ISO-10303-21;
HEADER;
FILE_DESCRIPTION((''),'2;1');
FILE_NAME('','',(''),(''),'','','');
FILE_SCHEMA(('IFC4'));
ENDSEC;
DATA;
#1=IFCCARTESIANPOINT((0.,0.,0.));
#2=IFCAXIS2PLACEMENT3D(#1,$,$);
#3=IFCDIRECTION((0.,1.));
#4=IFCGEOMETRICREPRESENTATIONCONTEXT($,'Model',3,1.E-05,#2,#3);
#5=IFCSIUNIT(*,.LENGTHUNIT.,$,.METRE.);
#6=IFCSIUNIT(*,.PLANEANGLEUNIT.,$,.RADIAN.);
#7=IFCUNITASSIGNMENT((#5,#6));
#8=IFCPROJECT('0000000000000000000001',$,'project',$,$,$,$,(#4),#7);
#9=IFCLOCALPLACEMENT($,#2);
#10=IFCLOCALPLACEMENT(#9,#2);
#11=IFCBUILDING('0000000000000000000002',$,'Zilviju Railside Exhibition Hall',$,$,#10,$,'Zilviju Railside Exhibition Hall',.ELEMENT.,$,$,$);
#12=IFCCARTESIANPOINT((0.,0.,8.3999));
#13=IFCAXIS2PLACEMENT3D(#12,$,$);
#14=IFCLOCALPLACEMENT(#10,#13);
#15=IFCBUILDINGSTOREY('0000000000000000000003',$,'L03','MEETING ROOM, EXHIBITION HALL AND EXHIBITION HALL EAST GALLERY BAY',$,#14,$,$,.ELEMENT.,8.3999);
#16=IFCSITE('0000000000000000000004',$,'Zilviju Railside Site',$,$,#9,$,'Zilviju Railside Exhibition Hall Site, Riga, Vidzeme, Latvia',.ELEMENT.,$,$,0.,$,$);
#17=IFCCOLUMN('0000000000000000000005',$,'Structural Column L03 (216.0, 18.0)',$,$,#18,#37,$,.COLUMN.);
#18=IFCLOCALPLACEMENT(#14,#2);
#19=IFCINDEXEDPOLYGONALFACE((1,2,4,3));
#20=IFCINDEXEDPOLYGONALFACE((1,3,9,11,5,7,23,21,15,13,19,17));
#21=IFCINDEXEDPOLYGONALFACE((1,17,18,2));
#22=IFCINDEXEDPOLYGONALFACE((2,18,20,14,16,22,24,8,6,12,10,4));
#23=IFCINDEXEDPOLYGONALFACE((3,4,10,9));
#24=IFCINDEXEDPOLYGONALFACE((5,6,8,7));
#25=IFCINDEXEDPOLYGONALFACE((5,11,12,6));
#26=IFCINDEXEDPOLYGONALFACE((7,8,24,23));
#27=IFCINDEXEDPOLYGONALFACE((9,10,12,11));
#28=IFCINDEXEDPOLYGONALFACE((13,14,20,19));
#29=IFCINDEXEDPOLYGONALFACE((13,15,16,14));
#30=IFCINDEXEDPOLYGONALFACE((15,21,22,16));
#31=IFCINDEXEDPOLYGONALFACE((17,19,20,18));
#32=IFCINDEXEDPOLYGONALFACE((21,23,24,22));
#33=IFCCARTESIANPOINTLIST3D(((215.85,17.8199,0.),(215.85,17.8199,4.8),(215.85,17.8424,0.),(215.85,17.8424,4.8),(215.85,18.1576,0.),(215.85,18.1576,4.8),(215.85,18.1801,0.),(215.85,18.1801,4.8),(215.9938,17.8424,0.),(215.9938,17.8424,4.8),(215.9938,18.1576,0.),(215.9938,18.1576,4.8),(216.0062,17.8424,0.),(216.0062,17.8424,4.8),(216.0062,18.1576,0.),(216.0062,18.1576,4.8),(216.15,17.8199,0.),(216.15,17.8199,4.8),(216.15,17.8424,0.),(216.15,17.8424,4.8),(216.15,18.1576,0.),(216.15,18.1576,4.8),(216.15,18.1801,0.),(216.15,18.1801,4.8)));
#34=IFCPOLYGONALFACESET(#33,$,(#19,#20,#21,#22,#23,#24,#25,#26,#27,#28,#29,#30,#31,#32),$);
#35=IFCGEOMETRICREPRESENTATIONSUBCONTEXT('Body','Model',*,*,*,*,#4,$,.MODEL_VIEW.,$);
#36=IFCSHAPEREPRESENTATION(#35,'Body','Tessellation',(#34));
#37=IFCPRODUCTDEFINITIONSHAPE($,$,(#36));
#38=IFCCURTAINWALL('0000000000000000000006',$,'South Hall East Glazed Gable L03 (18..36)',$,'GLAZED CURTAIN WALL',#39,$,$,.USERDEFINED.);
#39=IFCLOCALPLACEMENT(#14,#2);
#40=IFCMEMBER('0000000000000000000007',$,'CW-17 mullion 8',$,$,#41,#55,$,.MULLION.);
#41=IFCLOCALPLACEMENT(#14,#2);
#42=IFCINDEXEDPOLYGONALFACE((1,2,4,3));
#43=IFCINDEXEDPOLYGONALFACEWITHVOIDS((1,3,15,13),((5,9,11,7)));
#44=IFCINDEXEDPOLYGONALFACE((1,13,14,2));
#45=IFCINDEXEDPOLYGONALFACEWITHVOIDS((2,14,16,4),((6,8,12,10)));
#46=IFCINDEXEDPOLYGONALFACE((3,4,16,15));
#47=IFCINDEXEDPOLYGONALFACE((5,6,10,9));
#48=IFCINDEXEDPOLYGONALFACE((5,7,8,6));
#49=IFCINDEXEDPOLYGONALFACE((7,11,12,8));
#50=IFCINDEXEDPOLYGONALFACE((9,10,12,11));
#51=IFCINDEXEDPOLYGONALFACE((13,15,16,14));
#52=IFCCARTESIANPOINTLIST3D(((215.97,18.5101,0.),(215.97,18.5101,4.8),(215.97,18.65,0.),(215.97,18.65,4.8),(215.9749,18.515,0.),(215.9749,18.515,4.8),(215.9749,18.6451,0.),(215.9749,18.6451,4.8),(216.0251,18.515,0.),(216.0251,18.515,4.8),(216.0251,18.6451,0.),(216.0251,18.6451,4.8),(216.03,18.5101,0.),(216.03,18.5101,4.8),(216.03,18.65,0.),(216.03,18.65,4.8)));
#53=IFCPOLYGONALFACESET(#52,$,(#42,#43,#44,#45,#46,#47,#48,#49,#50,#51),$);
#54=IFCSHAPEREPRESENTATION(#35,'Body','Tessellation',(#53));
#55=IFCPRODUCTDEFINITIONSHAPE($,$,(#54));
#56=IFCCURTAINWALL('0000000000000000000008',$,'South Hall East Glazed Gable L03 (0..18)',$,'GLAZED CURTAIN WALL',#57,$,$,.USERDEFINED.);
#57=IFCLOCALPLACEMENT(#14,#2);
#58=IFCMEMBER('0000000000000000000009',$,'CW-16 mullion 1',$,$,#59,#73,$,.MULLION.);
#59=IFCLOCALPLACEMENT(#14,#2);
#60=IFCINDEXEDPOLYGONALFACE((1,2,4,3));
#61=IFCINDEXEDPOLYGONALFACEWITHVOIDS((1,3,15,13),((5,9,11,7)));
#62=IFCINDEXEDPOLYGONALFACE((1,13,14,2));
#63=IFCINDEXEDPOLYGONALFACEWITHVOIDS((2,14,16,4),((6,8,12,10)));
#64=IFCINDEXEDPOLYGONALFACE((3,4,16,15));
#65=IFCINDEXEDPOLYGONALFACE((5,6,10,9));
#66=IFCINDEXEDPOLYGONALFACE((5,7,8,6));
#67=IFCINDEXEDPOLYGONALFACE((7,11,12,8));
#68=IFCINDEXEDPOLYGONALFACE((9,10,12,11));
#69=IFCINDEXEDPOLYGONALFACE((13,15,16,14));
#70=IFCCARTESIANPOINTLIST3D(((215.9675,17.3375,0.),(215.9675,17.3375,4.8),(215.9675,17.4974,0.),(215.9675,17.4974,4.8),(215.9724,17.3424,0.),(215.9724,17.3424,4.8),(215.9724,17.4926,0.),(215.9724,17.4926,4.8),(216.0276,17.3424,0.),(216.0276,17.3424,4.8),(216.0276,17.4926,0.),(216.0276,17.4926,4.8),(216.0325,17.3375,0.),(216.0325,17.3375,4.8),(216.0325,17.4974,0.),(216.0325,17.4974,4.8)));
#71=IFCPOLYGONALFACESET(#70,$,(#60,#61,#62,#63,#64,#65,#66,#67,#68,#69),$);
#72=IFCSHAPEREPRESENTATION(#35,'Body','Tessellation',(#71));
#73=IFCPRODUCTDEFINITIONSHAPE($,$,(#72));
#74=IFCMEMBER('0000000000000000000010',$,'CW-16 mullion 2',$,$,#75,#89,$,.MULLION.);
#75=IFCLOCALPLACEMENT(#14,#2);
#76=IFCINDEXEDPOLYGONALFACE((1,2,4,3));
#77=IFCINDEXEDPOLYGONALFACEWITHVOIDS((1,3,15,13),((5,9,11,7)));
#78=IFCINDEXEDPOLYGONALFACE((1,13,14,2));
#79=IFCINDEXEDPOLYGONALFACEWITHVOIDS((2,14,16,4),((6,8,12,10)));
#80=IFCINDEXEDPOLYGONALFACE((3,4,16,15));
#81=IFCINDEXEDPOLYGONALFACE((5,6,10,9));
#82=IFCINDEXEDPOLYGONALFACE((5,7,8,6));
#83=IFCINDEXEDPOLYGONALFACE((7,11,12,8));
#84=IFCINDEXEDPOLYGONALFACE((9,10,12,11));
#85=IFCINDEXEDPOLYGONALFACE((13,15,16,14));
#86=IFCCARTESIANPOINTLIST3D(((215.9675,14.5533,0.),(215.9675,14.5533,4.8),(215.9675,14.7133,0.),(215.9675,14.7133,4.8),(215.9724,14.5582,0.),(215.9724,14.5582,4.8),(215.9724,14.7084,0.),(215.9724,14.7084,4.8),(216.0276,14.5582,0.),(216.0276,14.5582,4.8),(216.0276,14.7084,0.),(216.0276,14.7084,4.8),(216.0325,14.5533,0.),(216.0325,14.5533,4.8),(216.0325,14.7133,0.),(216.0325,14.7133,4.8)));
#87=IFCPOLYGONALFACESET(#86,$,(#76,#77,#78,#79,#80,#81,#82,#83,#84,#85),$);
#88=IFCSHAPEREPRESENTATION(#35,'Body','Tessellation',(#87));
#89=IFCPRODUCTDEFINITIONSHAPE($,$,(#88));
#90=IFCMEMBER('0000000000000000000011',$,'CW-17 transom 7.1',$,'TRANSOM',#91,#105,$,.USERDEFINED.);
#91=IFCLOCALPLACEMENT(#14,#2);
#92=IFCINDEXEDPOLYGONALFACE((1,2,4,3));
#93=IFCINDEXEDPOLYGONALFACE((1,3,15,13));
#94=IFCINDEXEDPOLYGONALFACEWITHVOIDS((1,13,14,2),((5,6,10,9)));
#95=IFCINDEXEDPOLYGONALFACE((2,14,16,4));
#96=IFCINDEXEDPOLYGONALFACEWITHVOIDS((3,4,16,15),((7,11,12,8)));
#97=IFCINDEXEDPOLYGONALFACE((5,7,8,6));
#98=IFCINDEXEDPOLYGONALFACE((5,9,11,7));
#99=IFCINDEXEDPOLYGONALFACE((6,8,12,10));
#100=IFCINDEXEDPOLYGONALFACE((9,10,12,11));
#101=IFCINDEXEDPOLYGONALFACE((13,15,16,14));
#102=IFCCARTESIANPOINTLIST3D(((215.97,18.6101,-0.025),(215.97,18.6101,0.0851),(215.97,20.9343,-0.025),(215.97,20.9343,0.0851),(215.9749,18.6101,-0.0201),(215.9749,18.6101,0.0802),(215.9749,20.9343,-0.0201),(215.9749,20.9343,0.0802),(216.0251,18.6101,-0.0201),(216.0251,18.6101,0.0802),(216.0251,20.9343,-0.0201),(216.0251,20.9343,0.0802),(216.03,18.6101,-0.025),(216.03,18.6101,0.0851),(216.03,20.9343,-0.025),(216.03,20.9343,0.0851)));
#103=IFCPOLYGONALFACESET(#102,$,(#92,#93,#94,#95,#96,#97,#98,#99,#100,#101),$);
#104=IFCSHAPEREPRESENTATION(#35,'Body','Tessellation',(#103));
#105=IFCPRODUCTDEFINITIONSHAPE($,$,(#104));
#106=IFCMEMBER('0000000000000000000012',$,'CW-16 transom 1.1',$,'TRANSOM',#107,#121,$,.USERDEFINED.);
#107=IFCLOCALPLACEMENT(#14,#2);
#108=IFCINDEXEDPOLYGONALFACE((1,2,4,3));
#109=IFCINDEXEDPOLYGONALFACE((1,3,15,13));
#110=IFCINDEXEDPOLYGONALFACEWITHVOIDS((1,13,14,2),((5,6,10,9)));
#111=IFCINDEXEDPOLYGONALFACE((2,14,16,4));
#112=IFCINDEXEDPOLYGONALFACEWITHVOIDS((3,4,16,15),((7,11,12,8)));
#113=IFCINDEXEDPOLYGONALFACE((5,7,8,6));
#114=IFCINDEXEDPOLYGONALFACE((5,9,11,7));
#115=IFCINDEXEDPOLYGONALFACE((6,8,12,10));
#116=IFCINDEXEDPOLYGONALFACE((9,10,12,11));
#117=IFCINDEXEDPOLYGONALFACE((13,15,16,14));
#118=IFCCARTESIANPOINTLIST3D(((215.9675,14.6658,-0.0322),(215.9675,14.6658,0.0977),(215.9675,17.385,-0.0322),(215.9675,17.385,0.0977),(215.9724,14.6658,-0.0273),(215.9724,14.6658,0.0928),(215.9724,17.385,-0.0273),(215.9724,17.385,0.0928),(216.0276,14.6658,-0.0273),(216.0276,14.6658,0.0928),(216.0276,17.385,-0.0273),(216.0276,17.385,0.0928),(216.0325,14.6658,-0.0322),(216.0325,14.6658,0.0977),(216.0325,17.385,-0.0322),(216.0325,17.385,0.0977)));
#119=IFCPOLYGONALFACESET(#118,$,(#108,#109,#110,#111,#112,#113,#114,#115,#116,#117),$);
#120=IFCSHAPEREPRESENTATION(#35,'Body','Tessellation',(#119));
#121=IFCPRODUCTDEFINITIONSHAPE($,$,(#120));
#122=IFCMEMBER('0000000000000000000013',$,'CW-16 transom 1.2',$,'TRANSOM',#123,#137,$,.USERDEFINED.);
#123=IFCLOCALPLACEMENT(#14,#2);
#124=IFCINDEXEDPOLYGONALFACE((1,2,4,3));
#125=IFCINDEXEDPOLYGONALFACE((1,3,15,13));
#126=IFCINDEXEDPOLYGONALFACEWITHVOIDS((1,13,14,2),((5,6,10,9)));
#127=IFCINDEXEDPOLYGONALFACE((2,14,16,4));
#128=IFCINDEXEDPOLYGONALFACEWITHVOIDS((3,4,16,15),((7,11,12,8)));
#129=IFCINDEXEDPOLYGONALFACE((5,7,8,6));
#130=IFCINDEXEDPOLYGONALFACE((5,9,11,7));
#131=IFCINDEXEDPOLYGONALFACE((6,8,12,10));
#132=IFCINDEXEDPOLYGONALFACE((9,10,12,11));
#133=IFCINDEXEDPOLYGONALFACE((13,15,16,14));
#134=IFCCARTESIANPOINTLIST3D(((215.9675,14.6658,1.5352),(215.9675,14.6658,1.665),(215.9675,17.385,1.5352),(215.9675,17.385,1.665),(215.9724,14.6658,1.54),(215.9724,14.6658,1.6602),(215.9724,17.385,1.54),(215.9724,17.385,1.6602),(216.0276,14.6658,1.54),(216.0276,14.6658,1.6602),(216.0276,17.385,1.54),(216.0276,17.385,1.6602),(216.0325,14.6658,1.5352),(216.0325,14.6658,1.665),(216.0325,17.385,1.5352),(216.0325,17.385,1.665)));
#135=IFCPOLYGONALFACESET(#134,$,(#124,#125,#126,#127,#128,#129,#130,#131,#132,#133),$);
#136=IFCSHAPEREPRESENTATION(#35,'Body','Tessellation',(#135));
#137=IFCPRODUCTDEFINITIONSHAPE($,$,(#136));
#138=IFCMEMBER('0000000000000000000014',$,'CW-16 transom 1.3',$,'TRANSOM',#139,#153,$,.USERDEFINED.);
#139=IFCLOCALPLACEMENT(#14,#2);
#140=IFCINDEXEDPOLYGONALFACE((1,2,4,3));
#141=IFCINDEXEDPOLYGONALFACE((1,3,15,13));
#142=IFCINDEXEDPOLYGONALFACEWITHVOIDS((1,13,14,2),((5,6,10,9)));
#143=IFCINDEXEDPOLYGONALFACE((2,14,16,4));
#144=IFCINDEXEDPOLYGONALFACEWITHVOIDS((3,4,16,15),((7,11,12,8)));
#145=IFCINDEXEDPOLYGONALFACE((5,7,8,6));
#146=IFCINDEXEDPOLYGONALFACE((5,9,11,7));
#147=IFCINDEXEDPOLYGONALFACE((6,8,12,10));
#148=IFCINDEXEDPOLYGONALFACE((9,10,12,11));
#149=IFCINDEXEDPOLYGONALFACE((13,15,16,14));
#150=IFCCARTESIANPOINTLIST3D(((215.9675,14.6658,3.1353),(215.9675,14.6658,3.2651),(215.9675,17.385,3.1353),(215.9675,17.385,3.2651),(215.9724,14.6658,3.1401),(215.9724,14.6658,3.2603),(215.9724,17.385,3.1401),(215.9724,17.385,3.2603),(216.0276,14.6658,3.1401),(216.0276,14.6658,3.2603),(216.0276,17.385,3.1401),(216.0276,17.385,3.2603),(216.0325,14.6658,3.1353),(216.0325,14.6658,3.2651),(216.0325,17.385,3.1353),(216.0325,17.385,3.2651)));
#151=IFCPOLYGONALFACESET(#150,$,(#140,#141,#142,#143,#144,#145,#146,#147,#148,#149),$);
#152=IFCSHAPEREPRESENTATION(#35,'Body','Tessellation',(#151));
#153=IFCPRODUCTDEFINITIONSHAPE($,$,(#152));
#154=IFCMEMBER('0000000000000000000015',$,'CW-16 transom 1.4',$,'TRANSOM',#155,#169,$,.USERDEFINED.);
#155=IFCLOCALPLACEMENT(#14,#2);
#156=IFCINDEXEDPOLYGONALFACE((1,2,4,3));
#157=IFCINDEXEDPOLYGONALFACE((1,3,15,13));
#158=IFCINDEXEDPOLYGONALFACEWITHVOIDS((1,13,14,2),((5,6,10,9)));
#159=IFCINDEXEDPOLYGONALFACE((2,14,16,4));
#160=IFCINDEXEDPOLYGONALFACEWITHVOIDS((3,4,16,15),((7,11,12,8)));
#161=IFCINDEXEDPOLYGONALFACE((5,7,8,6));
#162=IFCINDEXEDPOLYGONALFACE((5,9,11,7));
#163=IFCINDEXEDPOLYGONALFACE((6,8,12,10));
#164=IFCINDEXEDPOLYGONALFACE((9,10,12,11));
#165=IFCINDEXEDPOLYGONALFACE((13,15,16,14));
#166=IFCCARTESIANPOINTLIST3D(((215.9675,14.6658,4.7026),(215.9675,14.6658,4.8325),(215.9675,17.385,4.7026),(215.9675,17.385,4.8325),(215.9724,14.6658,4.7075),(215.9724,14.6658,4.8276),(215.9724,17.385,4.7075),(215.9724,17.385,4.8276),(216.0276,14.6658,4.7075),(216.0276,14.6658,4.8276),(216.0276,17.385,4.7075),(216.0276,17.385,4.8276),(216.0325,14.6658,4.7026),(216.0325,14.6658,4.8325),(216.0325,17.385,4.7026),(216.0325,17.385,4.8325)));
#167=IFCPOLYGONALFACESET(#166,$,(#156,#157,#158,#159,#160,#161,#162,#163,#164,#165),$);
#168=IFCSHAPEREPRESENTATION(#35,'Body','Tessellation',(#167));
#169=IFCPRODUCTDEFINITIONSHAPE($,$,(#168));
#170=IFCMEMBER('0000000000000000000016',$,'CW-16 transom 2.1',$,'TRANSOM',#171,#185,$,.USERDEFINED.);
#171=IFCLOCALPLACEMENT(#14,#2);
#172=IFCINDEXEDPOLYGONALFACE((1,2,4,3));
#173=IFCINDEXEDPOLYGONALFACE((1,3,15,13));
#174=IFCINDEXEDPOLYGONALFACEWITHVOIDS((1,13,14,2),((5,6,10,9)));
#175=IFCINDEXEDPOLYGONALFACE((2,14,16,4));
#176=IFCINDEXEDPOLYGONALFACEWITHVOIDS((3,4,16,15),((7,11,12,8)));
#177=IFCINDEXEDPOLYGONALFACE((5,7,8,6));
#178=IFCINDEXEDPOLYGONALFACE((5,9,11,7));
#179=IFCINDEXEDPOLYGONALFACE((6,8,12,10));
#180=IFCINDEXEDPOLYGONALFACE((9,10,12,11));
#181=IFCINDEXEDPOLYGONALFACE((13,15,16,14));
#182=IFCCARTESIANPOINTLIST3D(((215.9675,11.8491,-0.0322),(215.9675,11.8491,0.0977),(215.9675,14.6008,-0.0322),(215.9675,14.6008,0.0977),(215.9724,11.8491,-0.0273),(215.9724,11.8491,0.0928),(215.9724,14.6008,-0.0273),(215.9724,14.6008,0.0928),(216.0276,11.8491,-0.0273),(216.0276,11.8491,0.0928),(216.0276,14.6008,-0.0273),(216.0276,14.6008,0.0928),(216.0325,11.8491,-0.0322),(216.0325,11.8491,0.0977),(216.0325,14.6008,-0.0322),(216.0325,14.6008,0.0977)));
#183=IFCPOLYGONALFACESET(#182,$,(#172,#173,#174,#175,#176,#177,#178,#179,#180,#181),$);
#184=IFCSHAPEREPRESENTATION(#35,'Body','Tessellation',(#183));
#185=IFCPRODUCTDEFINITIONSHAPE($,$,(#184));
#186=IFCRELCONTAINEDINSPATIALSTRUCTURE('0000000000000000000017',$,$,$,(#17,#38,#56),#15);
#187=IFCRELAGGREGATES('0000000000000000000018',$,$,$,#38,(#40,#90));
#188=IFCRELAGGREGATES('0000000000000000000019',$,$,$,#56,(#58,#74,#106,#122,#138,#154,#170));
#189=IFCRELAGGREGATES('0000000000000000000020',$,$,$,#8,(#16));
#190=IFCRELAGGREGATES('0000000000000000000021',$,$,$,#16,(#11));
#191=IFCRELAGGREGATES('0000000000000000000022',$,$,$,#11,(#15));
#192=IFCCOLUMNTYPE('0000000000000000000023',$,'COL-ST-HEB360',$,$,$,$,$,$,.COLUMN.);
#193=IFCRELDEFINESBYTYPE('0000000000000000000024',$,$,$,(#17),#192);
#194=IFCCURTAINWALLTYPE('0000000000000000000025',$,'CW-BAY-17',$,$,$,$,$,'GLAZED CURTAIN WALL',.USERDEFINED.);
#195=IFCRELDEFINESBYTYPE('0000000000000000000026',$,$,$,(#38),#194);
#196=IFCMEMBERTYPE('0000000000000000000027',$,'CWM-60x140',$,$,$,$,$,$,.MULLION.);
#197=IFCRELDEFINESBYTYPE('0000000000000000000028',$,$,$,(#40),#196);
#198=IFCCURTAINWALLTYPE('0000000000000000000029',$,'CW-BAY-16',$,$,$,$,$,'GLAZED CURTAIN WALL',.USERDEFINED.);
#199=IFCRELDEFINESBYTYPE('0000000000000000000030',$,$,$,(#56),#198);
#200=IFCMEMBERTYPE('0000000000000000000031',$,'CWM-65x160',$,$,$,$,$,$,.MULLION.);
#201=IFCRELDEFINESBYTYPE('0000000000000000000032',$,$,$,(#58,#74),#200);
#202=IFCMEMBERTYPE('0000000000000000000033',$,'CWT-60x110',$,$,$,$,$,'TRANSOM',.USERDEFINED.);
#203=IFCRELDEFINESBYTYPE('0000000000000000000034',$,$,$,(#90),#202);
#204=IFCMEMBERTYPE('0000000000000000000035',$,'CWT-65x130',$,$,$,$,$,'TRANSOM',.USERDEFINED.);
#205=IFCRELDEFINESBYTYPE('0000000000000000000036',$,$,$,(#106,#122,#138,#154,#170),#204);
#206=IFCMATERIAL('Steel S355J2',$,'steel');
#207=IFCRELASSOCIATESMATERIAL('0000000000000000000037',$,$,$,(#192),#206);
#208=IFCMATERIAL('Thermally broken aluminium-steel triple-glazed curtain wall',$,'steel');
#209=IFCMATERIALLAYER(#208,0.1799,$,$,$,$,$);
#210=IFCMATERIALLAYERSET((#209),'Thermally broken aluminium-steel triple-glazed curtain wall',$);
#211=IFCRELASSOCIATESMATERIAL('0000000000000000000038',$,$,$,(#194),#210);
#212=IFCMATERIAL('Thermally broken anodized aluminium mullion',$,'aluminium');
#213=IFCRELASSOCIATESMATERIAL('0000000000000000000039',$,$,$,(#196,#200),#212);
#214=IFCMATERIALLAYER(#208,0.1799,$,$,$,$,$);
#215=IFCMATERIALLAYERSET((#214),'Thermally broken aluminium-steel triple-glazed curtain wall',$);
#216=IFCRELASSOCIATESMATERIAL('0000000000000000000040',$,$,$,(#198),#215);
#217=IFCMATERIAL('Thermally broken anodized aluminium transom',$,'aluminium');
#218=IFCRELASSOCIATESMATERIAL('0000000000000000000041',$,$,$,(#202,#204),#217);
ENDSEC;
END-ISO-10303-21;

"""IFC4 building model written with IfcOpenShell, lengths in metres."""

from ifc_helpers import new_model, si_unit, direction, frame, origin, origin_2d, place, context, subcontext, project, spatial, hollow_rectangle, i_section, extrude, material, layer, layer_set, material_profile, profile_set, type_object, element, aggregate, save


model = new_model("IFC4")

# Units and contexts
model_context = context("Model", 3, precision=1e-05, world=origin(), true_north=direction((0.0, 1.0)))
body_context = subcontext(model_context, "Body", "Model", "MODEL_VIEW")
ifc_project = project(units=[si_unit("LENGTHUNIT", "METRE"), si_unit("PLANEANGLEUNIT", "RADIAN")], contexts=[model_context])

# Site, building, storey
site_placement = place(None, origin())
site = spatial("IfcSite", under=ifc_project, at=site_placement, Name="Zilviju Railside Site", LongName="Zilviju Railside Exhibition Hall Site, Riga, Vidzeme, Latvia", CompositionType="ELEMENT", RefElevation=0.0)
building_placement = place(site_placement, origin())
building = spatial("IfcBuilding", under=site, at=building_placement, Name="Zilviju Railside Exhibition Hall", LongName="Zilviju Railside Exhibition Hall", CompositionType="ELEMENT")
storey_placement = place(building_placement, frame((0.0, 0.0, 8.3999)))
storey = spatial("IfcBuildingStorey", under=building, at=storey_placement, Name="L03", Description="MEETING ROOM, EXHIBITION HALL AND EXHIBITION HALL EAST GALLERY BAY", CompositionType="ELEMENT", Elevation=8.3999)

# Column
ifc_material_1 = material(Name="Steel S355J2", Category="steel")
ifc_material_profile_1 = material_profile(ifc_material_1, i_section(OverallWidth=0.3, OverallDepth=0.3601, WebThickness=0.0125, FlangeThickness=0.0225, at=origin_2d()), Name="HEB 360")
ifc_profile_set_1 = profile_set([ifc_material_profile_1], Name="Steel S355J2")
column_type = type_object("IfcColumnType", Name="COL-ST-HEB360", PredefinedType="COLUMN", material=ifc_profile_set_1)
column_placement = place(storey_placement, frame((216.0, 18.0, 0.0), z_axis=(0.0, 0.0, 1.0), x_axis=(1.0, 0.0, 0.0)))
element("IfcColumn", 1, at=column_placement, inside=storey, type_object=column_type, Name="Structural Column L03 (216.0, 18.0)", PredefinedType="COLUMN", context=body_context, shape_type="SweptSolid", body=[
    extrude(i_section(OverallWidth=0.3, OverallDepth=0.3601, WebThickness=0.0125, FlangeThickness=0.0225, at=origin_2d()), origin(), (0.0, 0.0, 1.0), 4.8),
])

# Curtain wall, member
ifc_material_2 = material(Name="Thermally broken aluminium-steel triple-glazed curtain wall", Category="steel")
ifc_layer_1 = layer(ifc_material_2, 0.1799)
ifc_layer_set_1 = layer_set([ifc_layer_1], Name="Thermally broken aluminium-steel triple-glazed curtain wall")
curtain_wall_type_1 = type_object("IfcCurtainWallType", Name="CW-BAY-17", ElementType="GLAZED CURTAIN WALL", PredefinedType="USERDEFINED", material=ifc_layer_set_1)
curtain_wall_1_placement = place(storey_placement, origin())
curtain_wall_1 = element("IfcCurtainWall", 2, at=curtain_wall_1_placement, inside=storey, type_object=curtain_wall_type_1, Name="South Hall East Glazed Gable L03 (18..36)", ObjectType="GLAZED CURTAIN WALL", PredefinedType="USERDEFINED")
ifc_material_3 = material(Name="Thermally broken anodized aluminium mullion", Category="aluminium")
ifc_material_profile_2 = material_profile(ifc_material_3, hollow_rectangle(XDim=0.0601, YDim=0.1399, WallThickness=0.0049, at=origin_2d()), Name="MULLION 140x60x5")
ifc_profile_set_2 = profile_set([ifc_material_profile_2], Name="Thermally broken anodized aluminium mullion")
member_type_1 = type_object("IfcMemberType", Name="CWM-60x140", PredefinedType="MULLION", material=ifc_profile_set_2)
member_1_placement = place(storey_placement, frame((216.0, 18.5801, 0.0), z_axis=(0.0, 0.0, 1.0), x_axis=(1.0, 0.0, 0.0)))
member_1 = element("IfcMember", 3, at=member_1_placement, type_object=member_type_1, Name="CW-17 mullion 8", PredefinedType="MULLION", context=body_context, shape_type="SweptSolid", body=[
    extrude(hollow_rectangle(XDim=0.0601, YDim=0.1399, WallThickness=0.0049, at=origin_2d()), origin(), (0.0, 0.0, 1.0), 4.8),
])

# Curtain wall, members
ifc_layer_2 = layer(ifc_material_2, 0.1799)
ifc_layer_set_2 = layer_set([ifc_layer_2], Name="Thermally broken aluminium-steel triple-glazed curtain wall")
curtain_wall_type_2 = type_object("IfcCurtainWallType", Name="CW-BAY-16", ElementType="GLAZED CURTAIN WALL", PredefinedType="USERDEFINED", material=ifc_layer_set_2)
curtain_wall_2_placement = place(storey_placement, origin())
curtain_wall_2 = element("IfcCurtainWall", 4, at=curtain_wall_2_placement, inside=storey, type_object=curtain_wall_type_2, Name="South Hall East Glazed Gable L03 (0..18)", ObjectType="GLAZED CURTAIN WALL", PredefinedType="USERDEFINED")
ifc_material_profile_3 = material_profile(ifc_material_3, hollow_rectangle(XDim=0.0649, YDim=0.1599, WallThickness=0.0049, at=origin_2d()), Name="MULLION 160x65x5")
ifc_profile_set_3 = profile_set([ifc_material_profile_3], Name="Thermally broken anodized aluminium mullion")
member_type_2 = type_object("IfcMemberType", Name="CWM-65x160", PredefinedType="MULLION", material=ifc_profile_set_3)
member_2_placement = place(storey_placement, frame((216.0, 17.4175, 0.0), z_axis=(0.0, 0.0, 1.0), x_axis=(1.0, 0.0, 0.0)))
member_2 = element("IfcMember", 5, at=member_2_placement, type_object=member_type_2, Name="CW-16 mullion 1", PredefinedType="MULLION", context=body_context, shape_type="SweptSolid", body=[
    extrude(hollow_rectangle(XDim=0.0649, YDim=0.1599, WallThickness=0.0049, at=origin_2d()), origin(), (0.0, 0.0, 1.0), 4.8),
])
member_3_placement = place(storey_placement, frame((216.0, 14.6333, 0.0), z_axis=(0.0, 0.0, 1.0), x_axis=(1.0, 0.0, 0.0)))
member_3 = element("IfcMember", 6, at=member_3_placement, type_object=member_type_2, Name="CW-16 mullion 2", PredefinedType="MULLION", context=body_context, shape_type="SweptSolid", body=[
    extrude(hollow_rectangle(XDim=0.0649, YDim=0.1599, WallThickness=0.0049, at=origin_2d()), origin(), (0.0, 0.0, 1.0), 4.8),
])

# Members
ifc_material_4 = material(Name="Thermally broken anodized aluminium transom", Category="aluminium")
ifc_material_profile_4 = material_profile(ifc_material_4, hollow_rectangle(XDim=0.0601, YDim=0.1101, WallThickness=0.0049, at=origin_2d()), Name="TRANSOM 110x60x5")
ifc_profile_set_4 = profile_set([ifc_material_profile_4], Name="Thermally broken anodized aluminium transom")
member_type_3 = type_object("IfcMemberType", Name="CWT-60x110", ElementType="TRANSOM", PredefinedType="USERDEFINED", material=ifc_profile_set_4)
member_4_placement = place(storey_placement, frame((216.0, 20.9343, 0.03), z_axis=(0.0, -1.0, 0.0), x_axis=(1.0, 0.0, 0.0)))
member_4 = element("IfcMember", 7, at=member_4_placement, type_object=member_type_3, Name="CW-17 transom 7.1", ObjectType="TRANSOM", PredefinedType="USERDEFINED", context=body_context, shape_type="SweptSolid", body=[
    extrude(hollow_rectangle(XDim=0.0601, YDim=0.1101, WallThickness=0.0049, at=origin_2d()), origin(), (0.0, 0.0, 1.0), 2.3242),
])
ifc_material_profile_5 = material_profile(ifc_material_4, hollow_rectangle(XDim=0.0649, YDim=0.1299, WallThickness=0.0049, at=origin_2d()), Name="TRANSOM 130x65x5")
ifc_profile_set_5 = profile_set([ifc_material_profile_5], Name="Thermally broken anodized aluminium transom")
member_type_4 = type_object("IfcMemberType", Name="CWT-65x130", ElementType="TRANSOM", PredefinedType="USERDEFINED", material=ifc_profile_set_5)
member_5_placement = place(storey_placement, frame((216.0, 17.385, 0.0327), z_axis=(0.0, -1.0, 0.0), x_axis=(1.0, 0.0, 0.0)))
member_5 = element("IfcMember", 8, at=member_5_placement, type_object=member_type_4, Name="CW-16 transom 1.1", ObjectType="TRANSOM", PredefinedType="USERDEFINED", context=body_context, shape_type="SweptSolid", body=[
    extrude(hollow_rectangle(XDim=0.0649, YDim=0.1299, WallThickness=0.0049, at=origin_2d()), origin(), (0.0, 0.0, 1.0), 2.7192),
])
member_6_placement = place(storey_placement, frame((216.0, 17.385, 1.6001), z_axis=(0.0, -1.0, 0.0), x_axis=(1.0, 0.0, 0.0)))
member_6 = element("IfcMember", 9, at=member_6_placement, type_object=member_type_4, Name="CW-16 transom 1.2", ObjectType="TRANSOM", PredefinedType="USERDEFINED", context=body_context, shape_type="SweptSolid", body=[
    extrude(hollow_rectangle(XDim=0.0649, YDim=0.1299, WallThickness=0.0049, at=origin_2d()), origin(), (0.0, 0.0, 1.0), 2.7192),
])
member_7_placement = place(storey_placement, frame((216.0, 17.385, 3.2002), z_axis=(0.0, -1.0, 0.0), x_axis=(1.0, 0.0, 0.0)))
member_7 = element("IfcMember", 10, at=member_7_placement, type_object=member_type_4, Name="CW-16 transom 1.3", ObjectType="TRANSOM", PredefinedType="USERDEFINED", context=body_context, shape_type="SweptSolid", body=[
    extrude(hollow_rectangle(XDim=0.0649, YDim=0.1299, WallThickness=0.0049, at=origin_2d()), origin(), (0.0, 0.0, 1.0), 2.7192),
])
member_8_placement = place(storey_placement, frame((216.0, 17.385, 4.7676), z_axis=(0.0, -1.0, 0.0), x_axis=(1.0, 0.0, 0.0)))
member_8 = element("IfcMember", 11, at=member_8_placement, type_object=member_type_4, Name="CW-16 transom 1.4", ObjectType="TRANSOM", PredefinedType="USERDEFINED", context=body_context, shape_type="SweptSolid", body=[
    extrude(hollow_rectangle(XDim=0.0649, YDim=0.1299, WallThickness=0.0049, at=origin_2d()), origin(), (0.0, 0.0, 1.0), 2.7192),
])
member_9_placement = place(storey_placement, frame((216.0, 14.6008, 0.0327), z_axis=(0.0, -1.0, 0.0), x_axis=(1.0, 0.0, 0.0)))
member_9 = element("IfcMember", 12, at=member_9_placement, type_object=member_type_4, Name="CW-16 transom 2.1", ObjectType="TRANSOM", PredefinedType="USERDEFINED", context=body_context, shape_type="SweptSolid", body=[
    extrude(hollow_rectangle(XDim=0.0649, YDim=0.1299, WallThickness=0.0049, at=origin_2d()), origin(), (0.0, 0.0, 1.0), 2.7517),
])

aggregate(curtain_wall_1, [member_1, member_4])
aggregate(curtain_wall_2, [member_2, member_3, member_5, member_6, member_7, member_8, member_9])

save(model, "model.ifc")
